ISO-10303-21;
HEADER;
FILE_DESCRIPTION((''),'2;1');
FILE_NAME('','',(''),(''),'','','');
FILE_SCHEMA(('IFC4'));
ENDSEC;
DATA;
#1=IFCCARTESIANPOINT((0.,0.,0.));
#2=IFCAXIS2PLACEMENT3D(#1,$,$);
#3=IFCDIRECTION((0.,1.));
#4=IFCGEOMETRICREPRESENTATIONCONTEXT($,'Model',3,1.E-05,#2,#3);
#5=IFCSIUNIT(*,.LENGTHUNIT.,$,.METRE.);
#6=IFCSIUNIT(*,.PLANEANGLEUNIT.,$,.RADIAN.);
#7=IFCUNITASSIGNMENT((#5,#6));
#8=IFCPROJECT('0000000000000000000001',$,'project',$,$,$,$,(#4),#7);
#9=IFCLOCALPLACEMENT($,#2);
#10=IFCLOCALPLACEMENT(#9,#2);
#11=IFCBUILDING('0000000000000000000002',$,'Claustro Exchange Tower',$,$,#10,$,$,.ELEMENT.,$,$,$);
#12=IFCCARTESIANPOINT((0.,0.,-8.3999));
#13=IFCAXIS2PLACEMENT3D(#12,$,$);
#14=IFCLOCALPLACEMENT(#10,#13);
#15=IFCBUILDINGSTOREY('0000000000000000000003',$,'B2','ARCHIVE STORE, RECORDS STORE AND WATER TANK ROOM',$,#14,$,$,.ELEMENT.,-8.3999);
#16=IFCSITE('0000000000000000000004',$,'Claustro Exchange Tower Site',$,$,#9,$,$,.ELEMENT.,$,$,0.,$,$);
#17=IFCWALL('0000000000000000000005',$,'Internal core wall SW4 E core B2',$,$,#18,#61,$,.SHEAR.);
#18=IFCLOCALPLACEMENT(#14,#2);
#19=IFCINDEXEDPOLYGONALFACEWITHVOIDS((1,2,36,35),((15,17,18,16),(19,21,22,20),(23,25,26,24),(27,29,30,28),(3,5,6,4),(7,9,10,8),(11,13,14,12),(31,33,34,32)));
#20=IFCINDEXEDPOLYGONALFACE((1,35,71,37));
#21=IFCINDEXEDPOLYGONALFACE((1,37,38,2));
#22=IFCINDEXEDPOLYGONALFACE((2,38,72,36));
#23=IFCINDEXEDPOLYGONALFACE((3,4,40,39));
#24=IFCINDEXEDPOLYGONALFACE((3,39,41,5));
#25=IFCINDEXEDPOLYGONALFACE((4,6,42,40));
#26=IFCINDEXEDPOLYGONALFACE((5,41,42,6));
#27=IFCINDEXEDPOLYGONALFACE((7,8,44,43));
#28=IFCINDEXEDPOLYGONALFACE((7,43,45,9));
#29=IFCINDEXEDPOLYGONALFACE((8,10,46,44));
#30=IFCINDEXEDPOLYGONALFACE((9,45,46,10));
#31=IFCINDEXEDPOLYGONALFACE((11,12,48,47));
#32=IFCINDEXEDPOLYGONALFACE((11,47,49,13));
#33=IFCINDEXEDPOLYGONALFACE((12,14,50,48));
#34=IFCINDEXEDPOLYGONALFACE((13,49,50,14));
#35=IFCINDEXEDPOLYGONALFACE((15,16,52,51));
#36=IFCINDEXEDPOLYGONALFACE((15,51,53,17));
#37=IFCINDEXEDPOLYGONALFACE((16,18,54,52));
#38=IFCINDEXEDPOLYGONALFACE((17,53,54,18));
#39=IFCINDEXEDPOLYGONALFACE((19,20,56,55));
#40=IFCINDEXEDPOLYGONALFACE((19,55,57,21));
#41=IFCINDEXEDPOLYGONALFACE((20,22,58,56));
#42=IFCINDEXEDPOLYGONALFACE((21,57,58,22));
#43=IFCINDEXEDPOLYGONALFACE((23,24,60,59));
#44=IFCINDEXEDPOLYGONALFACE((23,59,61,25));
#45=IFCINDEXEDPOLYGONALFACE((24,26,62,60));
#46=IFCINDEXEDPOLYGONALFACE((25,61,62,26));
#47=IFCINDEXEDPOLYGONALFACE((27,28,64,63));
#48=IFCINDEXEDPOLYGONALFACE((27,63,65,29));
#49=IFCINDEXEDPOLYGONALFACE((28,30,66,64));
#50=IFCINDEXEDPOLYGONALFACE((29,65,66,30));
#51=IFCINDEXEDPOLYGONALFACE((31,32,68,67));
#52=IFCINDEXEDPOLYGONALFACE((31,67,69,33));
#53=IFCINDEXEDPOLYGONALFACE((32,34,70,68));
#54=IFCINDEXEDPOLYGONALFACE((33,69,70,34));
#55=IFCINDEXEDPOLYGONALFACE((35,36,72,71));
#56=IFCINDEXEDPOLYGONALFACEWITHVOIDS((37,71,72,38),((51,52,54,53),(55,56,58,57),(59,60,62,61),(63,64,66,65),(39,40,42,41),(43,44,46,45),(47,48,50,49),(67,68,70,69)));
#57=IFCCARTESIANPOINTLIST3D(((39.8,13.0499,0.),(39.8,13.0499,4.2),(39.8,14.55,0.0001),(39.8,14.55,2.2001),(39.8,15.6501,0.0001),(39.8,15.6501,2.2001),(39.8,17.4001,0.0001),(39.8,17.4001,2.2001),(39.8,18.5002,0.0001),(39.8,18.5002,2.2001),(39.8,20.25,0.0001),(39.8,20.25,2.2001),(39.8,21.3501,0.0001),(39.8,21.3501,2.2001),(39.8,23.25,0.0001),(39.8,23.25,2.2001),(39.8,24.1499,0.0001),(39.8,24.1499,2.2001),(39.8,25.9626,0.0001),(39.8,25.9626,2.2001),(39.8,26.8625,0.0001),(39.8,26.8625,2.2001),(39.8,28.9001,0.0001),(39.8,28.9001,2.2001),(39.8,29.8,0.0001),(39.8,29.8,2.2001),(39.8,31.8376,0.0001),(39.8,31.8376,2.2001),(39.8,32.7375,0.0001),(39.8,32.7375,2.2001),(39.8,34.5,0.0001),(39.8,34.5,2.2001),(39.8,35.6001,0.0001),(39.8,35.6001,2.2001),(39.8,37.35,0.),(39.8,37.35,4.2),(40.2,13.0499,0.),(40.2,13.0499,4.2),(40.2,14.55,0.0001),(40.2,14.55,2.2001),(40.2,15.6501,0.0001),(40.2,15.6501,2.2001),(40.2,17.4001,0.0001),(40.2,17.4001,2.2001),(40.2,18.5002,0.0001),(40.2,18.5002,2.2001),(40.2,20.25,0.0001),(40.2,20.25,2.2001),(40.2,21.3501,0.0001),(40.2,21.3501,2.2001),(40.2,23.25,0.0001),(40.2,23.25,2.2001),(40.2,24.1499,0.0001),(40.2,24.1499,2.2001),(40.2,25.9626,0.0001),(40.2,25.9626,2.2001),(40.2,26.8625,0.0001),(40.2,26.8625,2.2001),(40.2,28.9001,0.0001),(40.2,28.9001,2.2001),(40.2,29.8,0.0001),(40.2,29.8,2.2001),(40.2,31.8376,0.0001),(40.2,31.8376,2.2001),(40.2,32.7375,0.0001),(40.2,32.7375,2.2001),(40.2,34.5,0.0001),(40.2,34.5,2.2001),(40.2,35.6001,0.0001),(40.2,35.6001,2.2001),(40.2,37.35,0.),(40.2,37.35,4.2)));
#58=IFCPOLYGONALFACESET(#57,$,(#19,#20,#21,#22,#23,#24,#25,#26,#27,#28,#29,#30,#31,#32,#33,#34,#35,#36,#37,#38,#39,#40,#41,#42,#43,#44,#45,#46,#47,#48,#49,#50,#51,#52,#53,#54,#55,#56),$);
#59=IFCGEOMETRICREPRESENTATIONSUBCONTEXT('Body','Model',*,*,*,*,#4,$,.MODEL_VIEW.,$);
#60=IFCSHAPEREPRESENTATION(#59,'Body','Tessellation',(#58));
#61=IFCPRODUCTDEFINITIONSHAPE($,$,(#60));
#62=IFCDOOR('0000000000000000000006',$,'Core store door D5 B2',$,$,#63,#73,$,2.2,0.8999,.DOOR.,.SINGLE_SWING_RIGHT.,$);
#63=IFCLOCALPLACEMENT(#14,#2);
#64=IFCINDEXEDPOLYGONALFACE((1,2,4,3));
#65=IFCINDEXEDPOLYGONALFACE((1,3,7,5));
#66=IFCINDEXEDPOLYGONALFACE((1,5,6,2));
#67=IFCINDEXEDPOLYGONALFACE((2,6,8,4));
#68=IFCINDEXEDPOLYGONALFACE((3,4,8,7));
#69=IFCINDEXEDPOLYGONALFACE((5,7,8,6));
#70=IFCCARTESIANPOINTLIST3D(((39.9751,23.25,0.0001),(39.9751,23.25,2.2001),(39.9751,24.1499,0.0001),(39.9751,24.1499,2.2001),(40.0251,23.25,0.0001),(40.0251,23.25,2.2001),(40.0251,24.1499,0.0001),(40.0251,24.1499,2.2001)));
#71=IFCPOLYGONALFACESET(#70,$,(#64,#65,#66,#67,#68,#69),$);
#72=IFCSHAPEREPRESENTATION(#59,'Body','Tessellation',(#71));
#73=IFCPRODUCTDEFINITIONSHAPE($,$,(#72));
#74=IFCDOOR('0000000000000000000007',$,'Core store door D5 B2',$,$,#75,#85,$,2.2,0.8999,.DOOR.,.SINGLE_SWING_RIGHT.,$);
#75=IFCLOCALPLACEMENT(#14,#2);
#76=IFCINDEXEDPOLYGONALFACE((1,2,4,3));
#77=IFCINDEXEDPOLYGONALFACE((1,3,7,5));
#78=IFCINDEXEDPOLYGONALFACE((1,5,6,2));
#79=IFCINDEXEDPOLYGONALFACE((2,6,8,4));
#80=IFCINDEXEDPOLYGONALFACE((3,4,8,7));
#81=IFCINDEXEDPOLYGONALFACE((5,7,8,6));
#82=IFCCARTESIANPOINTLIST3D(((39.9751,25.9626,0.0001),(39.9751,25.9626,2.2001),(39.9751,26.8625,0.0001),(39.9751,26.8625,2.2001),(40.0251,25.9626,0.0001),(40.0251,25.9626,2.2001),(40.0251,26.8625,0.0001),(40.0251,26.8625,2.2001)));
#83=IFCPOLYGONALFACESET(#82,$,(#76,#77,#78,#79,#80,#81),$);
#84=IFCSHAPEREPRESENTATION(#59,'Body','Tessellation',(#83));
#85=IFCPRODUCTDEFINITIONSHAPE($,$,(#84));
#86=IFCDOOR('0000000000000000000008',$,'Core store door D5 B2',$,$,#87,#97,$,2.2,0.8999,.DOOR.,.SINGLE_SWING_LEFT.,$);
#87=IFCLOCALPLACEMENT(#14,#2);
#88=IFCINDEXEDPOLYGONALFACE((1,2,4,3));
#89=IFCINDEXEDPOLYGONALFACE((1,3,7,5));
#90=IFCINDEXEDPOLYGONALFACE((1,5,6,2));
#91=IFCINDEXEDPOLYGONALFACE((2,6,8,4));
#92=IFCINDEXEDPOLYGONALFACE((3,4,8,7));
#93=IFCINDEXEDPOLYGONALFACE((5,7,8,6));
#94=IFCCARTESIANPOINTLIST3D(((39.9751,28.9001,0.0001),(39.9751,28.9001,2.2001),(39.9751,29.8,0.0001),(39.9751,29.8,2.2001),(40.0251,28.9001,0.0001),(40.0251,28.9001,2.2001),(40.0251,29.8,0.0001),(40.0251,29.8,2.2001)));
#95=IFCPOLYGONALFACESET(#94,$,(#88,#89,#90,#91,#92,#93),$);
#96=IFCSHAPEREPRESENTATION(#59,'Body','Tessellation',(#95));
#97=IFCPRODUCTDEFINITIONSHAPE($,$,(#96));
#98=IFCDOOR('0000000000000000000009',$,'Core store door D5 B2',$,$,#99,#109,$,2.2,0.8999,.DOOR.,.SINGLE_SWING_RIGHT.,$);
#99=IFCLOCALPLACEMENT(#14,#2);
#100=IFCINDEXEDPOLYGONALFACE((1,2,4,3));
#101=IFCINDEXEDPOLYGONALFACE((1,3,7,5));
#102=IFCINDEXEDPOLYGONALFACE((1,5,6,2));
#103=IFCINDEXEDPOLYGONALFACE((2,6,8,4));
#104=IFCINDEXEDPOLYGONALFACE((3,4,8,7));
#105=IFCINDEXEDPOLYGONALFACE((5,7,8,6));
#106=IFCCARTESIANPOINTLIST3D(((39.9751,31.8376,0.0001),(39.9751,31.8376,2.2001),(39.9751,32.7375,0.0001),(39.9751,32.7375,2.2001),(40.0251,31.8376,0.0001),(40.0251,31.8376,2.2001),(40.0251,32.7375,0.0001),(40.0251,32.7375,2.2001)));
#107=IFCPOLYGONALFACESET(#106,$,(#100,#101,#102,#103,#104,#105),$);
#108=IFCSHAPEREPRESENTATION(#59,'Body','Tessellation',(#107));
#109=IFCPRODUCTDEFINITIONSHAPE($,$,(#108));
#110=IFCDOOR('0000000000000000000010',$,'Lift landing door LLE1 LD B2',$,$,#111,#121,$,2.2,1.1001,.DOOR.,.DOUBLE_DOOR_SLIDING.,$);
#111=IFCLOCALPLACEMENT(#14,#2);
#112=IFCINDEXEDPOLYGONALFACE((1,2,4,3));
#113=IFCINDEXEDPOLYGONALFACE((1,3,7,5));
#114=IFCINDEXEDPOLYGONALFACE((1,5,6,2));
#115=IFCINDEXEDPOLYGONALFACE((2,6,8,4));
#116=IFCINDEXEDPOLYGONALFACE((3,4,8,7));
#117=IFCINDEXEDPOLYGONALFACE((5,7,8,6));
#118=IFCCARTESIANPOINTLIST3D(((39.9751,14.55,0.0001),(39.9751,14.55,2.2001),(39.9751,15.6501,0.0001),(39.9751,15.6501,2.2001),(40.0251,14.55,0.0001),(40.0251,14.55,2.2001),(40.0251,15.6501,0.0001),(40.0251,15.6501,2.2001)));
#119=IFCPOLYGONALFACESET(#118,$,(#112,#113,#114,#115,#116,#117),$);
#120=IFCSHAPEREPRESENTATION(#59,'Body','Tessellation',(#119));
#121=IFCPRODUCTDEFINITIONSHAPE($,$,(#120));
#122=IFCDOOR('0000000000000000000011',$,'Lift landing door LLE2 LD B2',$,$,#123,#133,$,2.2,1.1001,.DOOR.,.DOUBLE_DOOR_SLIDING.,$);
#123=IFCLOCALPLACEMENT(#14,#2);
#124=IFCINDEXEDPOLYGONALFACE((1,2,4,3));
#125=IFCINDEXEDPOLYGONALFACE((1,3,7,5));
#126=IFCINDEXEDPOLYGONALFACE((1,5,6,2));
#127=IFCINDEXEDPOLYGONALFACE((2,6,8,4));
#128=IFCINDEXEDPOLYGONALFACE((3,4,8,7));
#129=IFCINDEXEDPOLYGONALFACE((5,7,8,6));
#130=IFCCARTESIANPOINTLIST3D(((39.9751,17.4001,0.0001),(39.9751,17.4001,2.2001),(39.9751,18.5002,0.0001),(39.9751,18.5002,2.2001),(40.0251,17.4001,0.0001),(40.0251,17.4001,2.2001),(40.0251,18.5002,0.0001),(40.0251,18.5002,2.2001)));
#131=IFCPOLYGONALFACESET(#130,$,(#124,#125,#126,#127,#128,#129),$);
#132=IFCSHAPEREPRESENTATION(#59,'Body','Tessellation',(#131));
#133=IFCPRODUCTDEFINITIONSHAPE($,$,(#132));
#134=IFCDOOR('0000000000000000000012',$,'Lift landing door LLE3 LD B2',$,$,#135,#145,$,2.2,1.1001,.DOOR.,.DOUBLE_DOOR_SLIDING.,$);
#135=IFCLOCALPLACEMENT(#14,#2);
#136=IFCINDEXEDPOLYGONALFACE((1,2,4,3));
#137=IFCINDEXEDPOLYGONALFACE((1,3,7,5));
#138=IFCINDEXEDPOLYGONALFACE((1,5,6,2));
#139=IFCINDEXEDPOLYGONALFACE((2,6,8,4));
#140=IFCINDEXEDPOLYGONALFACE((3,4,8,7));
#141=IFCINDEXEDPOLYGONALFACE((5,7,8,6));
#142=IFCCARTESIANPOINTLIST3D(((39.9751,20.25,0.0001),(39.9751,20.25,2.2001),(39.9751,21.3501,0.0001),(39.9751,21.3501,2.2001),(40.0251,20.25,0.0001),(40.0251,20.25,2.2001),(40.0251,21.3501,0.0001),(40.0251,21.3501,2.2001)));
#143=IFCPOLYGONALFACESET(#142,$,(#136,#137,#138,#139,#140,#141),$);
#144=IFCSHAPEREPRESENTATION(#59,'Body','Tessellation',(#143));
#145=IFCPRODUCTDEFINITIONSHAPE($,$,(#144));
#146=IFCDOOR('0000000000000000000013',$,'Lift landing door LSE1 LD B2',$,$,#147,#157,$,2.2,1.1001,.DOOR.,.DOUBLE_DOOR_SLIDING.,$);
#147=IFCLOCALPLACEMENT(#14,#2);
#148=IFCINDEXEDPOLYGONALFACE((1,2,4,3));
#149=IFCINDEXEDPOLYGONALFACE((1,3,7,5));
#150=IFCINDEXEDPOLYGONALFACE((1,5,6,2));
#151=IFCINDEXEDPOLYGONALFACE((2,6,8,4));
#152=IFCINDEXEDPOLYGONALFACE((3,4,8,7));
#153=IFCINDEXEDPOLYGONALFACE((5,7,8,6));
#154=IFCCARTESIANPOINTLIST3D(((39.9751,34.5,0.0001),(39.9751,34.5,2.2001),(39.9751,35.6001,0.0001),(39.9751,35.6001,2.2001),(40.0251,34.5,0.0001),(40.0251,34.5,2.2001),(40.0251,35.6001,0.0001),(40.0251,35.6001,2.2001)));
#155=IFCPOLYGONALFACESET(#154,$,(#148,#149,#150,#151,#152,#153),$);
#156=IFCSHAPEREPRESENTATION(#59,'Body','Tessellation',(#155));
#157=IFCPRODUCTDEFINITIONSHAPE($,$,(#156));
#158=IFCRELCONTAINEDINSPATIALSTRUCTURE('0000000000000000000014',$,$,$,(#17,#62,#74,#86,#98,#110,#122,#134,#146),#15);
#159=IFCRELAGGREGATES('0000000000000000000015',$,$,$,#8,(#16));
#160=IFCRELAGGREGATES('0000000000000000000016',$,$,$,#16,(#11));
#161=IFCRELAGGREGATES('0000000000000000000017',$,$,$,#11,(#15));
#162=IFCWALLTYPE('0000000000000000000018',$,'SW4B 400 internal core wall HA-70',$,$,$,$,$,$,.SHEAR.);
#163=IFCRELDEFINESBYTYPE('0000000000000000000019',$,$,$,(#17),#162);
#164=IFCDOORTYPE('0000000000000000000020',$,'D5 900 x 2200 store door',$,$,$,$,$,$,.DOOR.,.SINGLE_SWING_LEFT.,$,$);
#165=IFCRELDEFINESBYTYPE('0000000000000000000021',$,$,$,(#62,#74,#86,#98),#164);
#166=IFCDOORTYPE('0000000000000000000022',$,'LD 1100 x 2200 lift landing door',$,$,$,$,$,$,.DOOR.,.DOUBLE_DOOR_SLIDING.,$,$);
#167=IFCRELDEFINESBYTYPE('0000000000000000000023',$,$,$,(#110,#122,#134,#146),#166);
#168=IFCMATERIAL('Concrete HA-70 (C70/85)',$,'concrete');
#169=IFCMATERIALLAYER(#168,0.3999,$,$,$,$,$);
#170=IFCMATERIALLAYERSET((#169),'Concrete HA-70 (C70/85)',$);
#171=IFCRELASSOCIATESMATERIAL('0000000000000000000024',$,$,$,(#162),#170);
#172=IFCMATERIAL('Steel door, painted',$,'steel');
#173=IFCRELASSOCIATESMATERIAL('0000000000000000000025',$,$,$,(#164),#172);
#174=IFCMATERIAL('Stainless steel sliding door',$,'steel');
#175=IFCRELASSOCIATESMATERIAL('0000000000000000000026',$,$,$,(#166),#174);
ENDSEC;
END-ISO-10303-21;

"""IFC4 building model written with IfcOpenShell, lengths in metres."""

from ifc_helpers import new_model, si_unit, direction, frame, frame_2d, origin, place, context, subcontext, project, spatial, rectangle, extrude, material, layer, layer_set, type_object, element, fill, save


model = new_model("IFC4")

# Units and contexts
model_context = context("Model", 3, precision=1e-05, world=origin(), true_north=direction((0.0, 1.0)))
body_context = subcontext(model_context, "Body", "Model", "MODEL_VIEW")
ifc_project = project(units=[si_unit("LENGTHUNIT", "METRE"), si_unit("PLANEANGLEUNIT", "RADIAN")], contexts=[model_context])

# Site, building, storey
site_placement = place(None, origin())
site = spatial("IfcSite", under=ifc_project, at=site_placement, Name="Claustro Exchange Tower Site", CompositionType="ELEMENT", RefElevation=0.0)
building_placement = place(site_placement, origin())
building = spatial("IfcBuilding", under=site, at=building_placement, Name="Claustro Exchange Tower", CompositionType="ELEMENT")
storey_placement = place(building_placement, frame((0.0, 0.0, -8.3999)))
storey = spatial("IfcBuildingStorey", under=building, at=storey_placement, Name="B2", Description="ARCHIVE STORE, RECORDS STORE AND WATER TANK ROOM", CompositionType="ELEMENT", Elevation=-8.3999)

# Wall, openings, doors
ifc_material_1 = material(Name="Concrete HA-70 (C70/85)", Category="concrete")
ifc_layer_1 = layer(ifc_material_1, 0.3999)
ifc_layer_set_1 = layer_set([ifc_layer_1], Name="Concrete HA-70 (C70/85)")
wall_type_1 = type_object("IfcWallType", Name="SW4B 400 internal core wall HA-70", PredefinedType="SHEAR", material=ifc_layer_set_1)
wall_1_placement = place(storey_placement, frame((40.0, 13.05, 0.0), z_axis=(0.0, 0.0, 1.0), x_axis=(0.0, 1.0, 0.0)))
wall_1 = element("IfcWall", 1, at=wall_1_placement, inside=storey, type_object=wall_type_1, Name="Internal core wall SW4 E core B2", PredefinedType="SHEAR", context=body_context, shape_type="SweptSolid", body=[
    extrude(rectangle(XDim=24.3, YDim=0.3999, at=frame_2d((12.1499, 0.0))), origin(), (0.0, 0.0, 1.0), 4.2),
])
opening_1_placement = place(wall_1_placement, frame((1.5, 0.0, 0.0)))
opening_1 = element("IfcOpeningElement", 2, at=opening_1_placement, cuts=wall_1, PredefinedType="OPENING", context=body_context, shape_type="SweptSolid", body=[
    extrude(rectangle(XDim=1.1001, YDim=2.2, at=frame_2d((0.55, 1.1001))), frame((0.0, 0.21, 0.0), z_axis=(0.0, -1.0, 0.0), x_axis=(1.0, 0.0, 0.0)), (0.0, 0.0, 1.0), 0.4199),
])
opening_2_placement = place(wall_1_placement, frame((4.3501, 0.0, 0.0)))
opening_2 = element("IfcOpeningElement", 3, at=opening_2_placement, cuts=wall_1, PredefinedType="OPENING", context=body_context, shape_type="SweptSolid", body=[
    extrude(rectangle(XDim=1.1001, YDim=2.2, at=frame_2d((0.55, 1.1001))), frame((0.0, 0.21, 0.0), z_axis=(0.0, -1.0, 0.0), x_axis=(1.0, 0.0, 0.0)), (0.0, 0.0, 1.0), 0.4199),
])
opening_3_placement = place(wall_1_placement, frame((7.2, 0.0, 0.0)))
opening_3 = element("IfcOpeningElement", 4, at=opening_3_placement, cuts=wall_1, PredefinedType="OPENING", context=body_context, shape_type="SweptSolid", body=[
    extrude(rectangle(XDim=1.1001, YDim=2.2, at=frame_2d((0.55, 1.1001))), frame((0.0, 0.21, 0.0), z_axis=(0.0, -1.0, 0.0), x_axis=(1.0, 0.0, 0.0)), (0.0, 0.0, 1.0), 0.4199),
])
opening_4_placement = place(wall_1_placement, frame((21.45, 0.0, 0.0)))
opening_4 = element("IfcOpeningElement", 5, at=opening_4_placement, cuts=wall_1, PredefinedType="OPENING", context=body_context, shape_type="SweptSolid", body=[
    extrude(rectangle(XDim=1.1001, YDim=2.2, at=frame_2d((0.55, 1.1001))), frame((0.0, 0.21, 0.0), z_axis=(0.0, -1.0, 0.0), x_axis=(1.0, 0.0, 0.0)), (0.0, 0.0, 1.0), 0.4199),
])
opening_5_placement = place(wall_1_placement, frame((10.2, 0.0, 0.0)))
opening_5 = element("IfcOpeningElement", 6, at=opening_5_placement, cuts=wall_1, PredefinedType="OPENING", context=body_context, shape_type="SweptSolid", body=[
    extrude(rectangle(XDim=0.8999, YDim=2.2, at=frame_2d((0.45, 1.1001))), frame((0.0, 0.21, 0.0), z_axis=(0.0, -1.0, 0.0), x_axis=(1.0, 0.0, 0.0)), (0.0, 0.0, 1.0), 0.4199),
])
opening_6_placement = place(wall_1_placement, frame((12.9126, 0.0, 0.0)))
opening_6 = element("IfcOpeningElement", 7, at=opening_6_placement, cuts=wall_1, PredefinedType="OPENING", context=body_context, shape_type="SweptSolid", body=[
    extrude(rectangle(XDim=0.8999, YDim=2.2, at=frame_2d((0.45, 1.1001))), frame((0.0, 0.21, 0.0), z_axis=(0.0, -1.0, 0.0), x_axis=(1.0, 0.0, 0.0)), (0.0, 0.0, 1.0), 0.4199),
])
opening_7_placement = place(wall_1_placement, frame((15.8501, 0.0, 0.0)))
opening_7 = element("IfcOpeningElement", 8, at=opening_7_placement, cuts=wall_1, PredefinedType="OPENING", context=body_context, shape_type="SweptSolid", body=[
    extrude(rectangle(XDim=0.8999, YDim=2.2, at=frame_2d((0.45, 1.1001))), frame((0.0, 0.21, 0.0), z_axis=(0.0, -1.0, 0.0), x_axis=(1.0, 0.0, 0.0)), (0.0, 0.0, 1.0), 0.4199),
])
opening_8_placement = place(wall_1_placement, frame((18.7876, 0.0, 0.0)))
opening_8 = element("IfcOpeningElement", 9, at=opening_8_placement, cuts=wall_1, PredefinedType="OPENING", context=body_context, shape_type="SweptSolid", body=[
    extrude(rectangle(XDim=0.8999, YDim=2.2, at=frame_2d((0.45, 1.1001))), frame((0.0, 0.21, 0.0), z_axis=(0.0, -1.0, 0.0), x_axis=(1.0, 0.0, 0.0)), (0.0, 0.0, 1.0), 0.4199),
])
ifc_material_2 = material(Name="Steel door, painted", Category="steel")
door_type_1 = type_object("IfcDoorType", Name="D5 900 x 2200 store door", OperationType="SINGLE_SWING_LEFT", PredefinedType="DOOR", material=ifc_material_2)
door_1_placement = place(opening_5_placement, origin())
door_1 = element("IfcDoor", 10, at=door_1_placement, inside=storey, type_object=door_type_1, Name="Core store door D5 B2", OperationType="SINGLE_SWING_RIGHT", OverallHeight=2.2, OverallWidth=0.8999, PredefinedType="DOOR", context=body_context, shape_type="SweptSolid", body=[
    extrude(rectangle(XDim=0.8999, YDim=2.2, at=frame_2d((0.45, 1.1001))), frame((0.0, 0.0249, 0.0), z_axis=(0.0, -1.0, 0.0), x_axis=(1.0, 0.0, 0.0)), (0.0, 0.0, 1.0), 0.05),
])
fill(opening_5, door_1)
door_2_placement = place(opening_6_placement, origin())
door_2 = element("IfcDoor", 11, at=door_2_placement, inside=storey, type_object=door_type_1, Name="Core store door D5 B2", OperationType="SINGLE_SWING_RIGHT", OverallHeight=2.2, OverallWidth=0.8999, PredefinedType="DOOR", context=body_context, shape_type="SweptSolid", body=[
    extrude(rectangle(XDim=0.8999, YDim=2.2, at=frame_2d((0.45, 1.1001))), frame((0.0, 0.0249, 0.0), z_axis=(0.0, -1.0, 0.0), x_axis=(1.0, 0.0, 0.0)), (0.0, 0.0, 1.0), 0.05),
])
fill(opening_6, door_2)
door_3_placement = place(opening_7_placement, origin())
door_3 = element("IfcDoor", 12, at=door_3_placement, inside=storey, type_object=door_type_1, Name="Core store door D5 B2", OperationType="SINGLE_SWING_LEFT", OverallHeight=2.2, OverallWidth=0.8999, PredefinedType="DOOR", context=body_context, shape_type="SweptSolid", body=[
    extrude(rectangle(XDim=0.8999, YDim=2.2, at=frame_2d((0.45, 1.1001))), frame((0.0, 0.0249, 0.0), z_axis=(0.0, -1.0, 0.0), x_axis=(1.0, 0.0, 0.0)), (0.0, 0.0, 1.0), 0.05),
])
fill(opening_7, door_3)
door_4_placement = place(opening_8_placement, origin())
door_4 = element("IfcDoor", 13, at=door_4_placement, inside=storey, type_object=door_type_1, Name="Core store door D5 B2", OperationType="SINGLE_SWING_RIGHT", OverallHeight=2.2, OverallWidth=0.8999, PredefinedType="DOOR", context=body_context, shape_type="SweptSolid", body=[
    extrude(rectangle(XDim=0.8999, YDim=2.2, at=frame_2d((0.45, 1.1001))), frame((0.0, 0.0249, 0.0), z_axis=(0.0, -1.0, 0.0), x_axis=(1.0, 0.0, 0.0)), (0.0, 0.0, 1.0), 0.05),
])
fill(opening_8, door_4)
ifc_material_3 = material(Name="Stainless steel sliding door", Category="steel")
door_type_2 = type_object("IfcDoorType", Name="LD 1100 x 2200 lift landing door", OperationType="DOUBLE_DOOR_SLIDING", PredefinedType="DOOR", material=ifc_material_3)
door_5_placement = place(opening_1_placement, origin())
door_5 = element("IfcDoor", 14, at=door_5_placement, inside=storey, type_object=door_type_2, Name="Lift landing door LLE1 LD B2", OperationType="DOUBLE_DOOR_SLIDING", OverallHeight=2.2, OverallWidth=1.1001, PredefinedType="DOOR", context=body_context, shape_type="SweptSolid", body=[
    extrude(rectangle(XDim=1.1001, YDim=2.2, at=frame_2d((0.55, 1.1001))), frame((0.0, 0.0249, 0.0), z_axis=(0.0, -1.0, 0.0), x_axis=(1.0, 0.0, 0.0)), (0.0, 0.0, 1.0), 0.05),
])
fill(opening_1, door_5)
door_6_placement = place(opening_2_placement, origin())
door_6 = element("IfcDoor", 15, at=door_6_placement, inside=storey, type_object=door_type_2, Name="Lift landing door LLE2 LD B2", OperationType="DOUBLE_DOOR_SLIDING", OverallHeight=2.2, OverallWidth=1.1001, PredefinedType="DOOR", context=body_context, shape_type="SweptSolid", body=[
    extrude(rectangle(XDim=1.1001, YDim=2.2, at=frame_2d((0.55, 1.1001))), frame((0.0, 0.0249, 0.0), z_axis=(0.0, -1.0, 0.0), x_axis=(1.0, 0.0, 0.0)), (0.0, 0.0, 1.0), 0.05),
])
fill(opening_2, door_6)
door_7_placement = place(opening_3_placement, origin())
door_7 = element("IfcDoor", 16, at=door_7_placement, inside=storey, type_object=door_type_2, Name="Lift landing door LLE3 LD B2", OperationType="DOUBLE_DOOR_SLIDING", OverallHeight=2.2, OverallWidth=1.1001, PredefinedType="DOOR", context=body_context, shape_type="SweptSolid", body=[
    extrude(rectangle(XDim=1.1001, YDim=2.2, at=frame_2d((0.55, 1.1001))), frame((0.0, 0.0249, 0.0), z_axis=(0.0, -1.0, 0.0), x_axis=(1.0, 0.0, 0.0)), (0.0, 0.0, 1.0), 0.05),
])
fill(opening_3, door_7)
door_8_placement = place(opening_4_placement, origin())
door_8 = element("IfcDoor", 17, at=door_8_placement, inside=storey, type_object=door_type_2, Name="Lift landing door LSE1 LD B2", OperationType="DOUBLE_DOOR_SLIDING", OverallHeight=2.2, OverallWidth=1.1001, PredefinedType="DOOR", context=body_context, shape_type="SweptSolid", body=[
    extrude(rectangle(XDim=1.1001, YDim=2.2, at=frame_2d((0.55, 1.1001))), frame((0.0, 0.0249, 0.0), z_axis=(0.0, -1.0, 0.0), x_axis=(1.0, 0.0, 0.0)), (0.0, 0.0, 1.0), 0.05),
])
fill(opening_4, door_8)

save(model, "model.ifc")
